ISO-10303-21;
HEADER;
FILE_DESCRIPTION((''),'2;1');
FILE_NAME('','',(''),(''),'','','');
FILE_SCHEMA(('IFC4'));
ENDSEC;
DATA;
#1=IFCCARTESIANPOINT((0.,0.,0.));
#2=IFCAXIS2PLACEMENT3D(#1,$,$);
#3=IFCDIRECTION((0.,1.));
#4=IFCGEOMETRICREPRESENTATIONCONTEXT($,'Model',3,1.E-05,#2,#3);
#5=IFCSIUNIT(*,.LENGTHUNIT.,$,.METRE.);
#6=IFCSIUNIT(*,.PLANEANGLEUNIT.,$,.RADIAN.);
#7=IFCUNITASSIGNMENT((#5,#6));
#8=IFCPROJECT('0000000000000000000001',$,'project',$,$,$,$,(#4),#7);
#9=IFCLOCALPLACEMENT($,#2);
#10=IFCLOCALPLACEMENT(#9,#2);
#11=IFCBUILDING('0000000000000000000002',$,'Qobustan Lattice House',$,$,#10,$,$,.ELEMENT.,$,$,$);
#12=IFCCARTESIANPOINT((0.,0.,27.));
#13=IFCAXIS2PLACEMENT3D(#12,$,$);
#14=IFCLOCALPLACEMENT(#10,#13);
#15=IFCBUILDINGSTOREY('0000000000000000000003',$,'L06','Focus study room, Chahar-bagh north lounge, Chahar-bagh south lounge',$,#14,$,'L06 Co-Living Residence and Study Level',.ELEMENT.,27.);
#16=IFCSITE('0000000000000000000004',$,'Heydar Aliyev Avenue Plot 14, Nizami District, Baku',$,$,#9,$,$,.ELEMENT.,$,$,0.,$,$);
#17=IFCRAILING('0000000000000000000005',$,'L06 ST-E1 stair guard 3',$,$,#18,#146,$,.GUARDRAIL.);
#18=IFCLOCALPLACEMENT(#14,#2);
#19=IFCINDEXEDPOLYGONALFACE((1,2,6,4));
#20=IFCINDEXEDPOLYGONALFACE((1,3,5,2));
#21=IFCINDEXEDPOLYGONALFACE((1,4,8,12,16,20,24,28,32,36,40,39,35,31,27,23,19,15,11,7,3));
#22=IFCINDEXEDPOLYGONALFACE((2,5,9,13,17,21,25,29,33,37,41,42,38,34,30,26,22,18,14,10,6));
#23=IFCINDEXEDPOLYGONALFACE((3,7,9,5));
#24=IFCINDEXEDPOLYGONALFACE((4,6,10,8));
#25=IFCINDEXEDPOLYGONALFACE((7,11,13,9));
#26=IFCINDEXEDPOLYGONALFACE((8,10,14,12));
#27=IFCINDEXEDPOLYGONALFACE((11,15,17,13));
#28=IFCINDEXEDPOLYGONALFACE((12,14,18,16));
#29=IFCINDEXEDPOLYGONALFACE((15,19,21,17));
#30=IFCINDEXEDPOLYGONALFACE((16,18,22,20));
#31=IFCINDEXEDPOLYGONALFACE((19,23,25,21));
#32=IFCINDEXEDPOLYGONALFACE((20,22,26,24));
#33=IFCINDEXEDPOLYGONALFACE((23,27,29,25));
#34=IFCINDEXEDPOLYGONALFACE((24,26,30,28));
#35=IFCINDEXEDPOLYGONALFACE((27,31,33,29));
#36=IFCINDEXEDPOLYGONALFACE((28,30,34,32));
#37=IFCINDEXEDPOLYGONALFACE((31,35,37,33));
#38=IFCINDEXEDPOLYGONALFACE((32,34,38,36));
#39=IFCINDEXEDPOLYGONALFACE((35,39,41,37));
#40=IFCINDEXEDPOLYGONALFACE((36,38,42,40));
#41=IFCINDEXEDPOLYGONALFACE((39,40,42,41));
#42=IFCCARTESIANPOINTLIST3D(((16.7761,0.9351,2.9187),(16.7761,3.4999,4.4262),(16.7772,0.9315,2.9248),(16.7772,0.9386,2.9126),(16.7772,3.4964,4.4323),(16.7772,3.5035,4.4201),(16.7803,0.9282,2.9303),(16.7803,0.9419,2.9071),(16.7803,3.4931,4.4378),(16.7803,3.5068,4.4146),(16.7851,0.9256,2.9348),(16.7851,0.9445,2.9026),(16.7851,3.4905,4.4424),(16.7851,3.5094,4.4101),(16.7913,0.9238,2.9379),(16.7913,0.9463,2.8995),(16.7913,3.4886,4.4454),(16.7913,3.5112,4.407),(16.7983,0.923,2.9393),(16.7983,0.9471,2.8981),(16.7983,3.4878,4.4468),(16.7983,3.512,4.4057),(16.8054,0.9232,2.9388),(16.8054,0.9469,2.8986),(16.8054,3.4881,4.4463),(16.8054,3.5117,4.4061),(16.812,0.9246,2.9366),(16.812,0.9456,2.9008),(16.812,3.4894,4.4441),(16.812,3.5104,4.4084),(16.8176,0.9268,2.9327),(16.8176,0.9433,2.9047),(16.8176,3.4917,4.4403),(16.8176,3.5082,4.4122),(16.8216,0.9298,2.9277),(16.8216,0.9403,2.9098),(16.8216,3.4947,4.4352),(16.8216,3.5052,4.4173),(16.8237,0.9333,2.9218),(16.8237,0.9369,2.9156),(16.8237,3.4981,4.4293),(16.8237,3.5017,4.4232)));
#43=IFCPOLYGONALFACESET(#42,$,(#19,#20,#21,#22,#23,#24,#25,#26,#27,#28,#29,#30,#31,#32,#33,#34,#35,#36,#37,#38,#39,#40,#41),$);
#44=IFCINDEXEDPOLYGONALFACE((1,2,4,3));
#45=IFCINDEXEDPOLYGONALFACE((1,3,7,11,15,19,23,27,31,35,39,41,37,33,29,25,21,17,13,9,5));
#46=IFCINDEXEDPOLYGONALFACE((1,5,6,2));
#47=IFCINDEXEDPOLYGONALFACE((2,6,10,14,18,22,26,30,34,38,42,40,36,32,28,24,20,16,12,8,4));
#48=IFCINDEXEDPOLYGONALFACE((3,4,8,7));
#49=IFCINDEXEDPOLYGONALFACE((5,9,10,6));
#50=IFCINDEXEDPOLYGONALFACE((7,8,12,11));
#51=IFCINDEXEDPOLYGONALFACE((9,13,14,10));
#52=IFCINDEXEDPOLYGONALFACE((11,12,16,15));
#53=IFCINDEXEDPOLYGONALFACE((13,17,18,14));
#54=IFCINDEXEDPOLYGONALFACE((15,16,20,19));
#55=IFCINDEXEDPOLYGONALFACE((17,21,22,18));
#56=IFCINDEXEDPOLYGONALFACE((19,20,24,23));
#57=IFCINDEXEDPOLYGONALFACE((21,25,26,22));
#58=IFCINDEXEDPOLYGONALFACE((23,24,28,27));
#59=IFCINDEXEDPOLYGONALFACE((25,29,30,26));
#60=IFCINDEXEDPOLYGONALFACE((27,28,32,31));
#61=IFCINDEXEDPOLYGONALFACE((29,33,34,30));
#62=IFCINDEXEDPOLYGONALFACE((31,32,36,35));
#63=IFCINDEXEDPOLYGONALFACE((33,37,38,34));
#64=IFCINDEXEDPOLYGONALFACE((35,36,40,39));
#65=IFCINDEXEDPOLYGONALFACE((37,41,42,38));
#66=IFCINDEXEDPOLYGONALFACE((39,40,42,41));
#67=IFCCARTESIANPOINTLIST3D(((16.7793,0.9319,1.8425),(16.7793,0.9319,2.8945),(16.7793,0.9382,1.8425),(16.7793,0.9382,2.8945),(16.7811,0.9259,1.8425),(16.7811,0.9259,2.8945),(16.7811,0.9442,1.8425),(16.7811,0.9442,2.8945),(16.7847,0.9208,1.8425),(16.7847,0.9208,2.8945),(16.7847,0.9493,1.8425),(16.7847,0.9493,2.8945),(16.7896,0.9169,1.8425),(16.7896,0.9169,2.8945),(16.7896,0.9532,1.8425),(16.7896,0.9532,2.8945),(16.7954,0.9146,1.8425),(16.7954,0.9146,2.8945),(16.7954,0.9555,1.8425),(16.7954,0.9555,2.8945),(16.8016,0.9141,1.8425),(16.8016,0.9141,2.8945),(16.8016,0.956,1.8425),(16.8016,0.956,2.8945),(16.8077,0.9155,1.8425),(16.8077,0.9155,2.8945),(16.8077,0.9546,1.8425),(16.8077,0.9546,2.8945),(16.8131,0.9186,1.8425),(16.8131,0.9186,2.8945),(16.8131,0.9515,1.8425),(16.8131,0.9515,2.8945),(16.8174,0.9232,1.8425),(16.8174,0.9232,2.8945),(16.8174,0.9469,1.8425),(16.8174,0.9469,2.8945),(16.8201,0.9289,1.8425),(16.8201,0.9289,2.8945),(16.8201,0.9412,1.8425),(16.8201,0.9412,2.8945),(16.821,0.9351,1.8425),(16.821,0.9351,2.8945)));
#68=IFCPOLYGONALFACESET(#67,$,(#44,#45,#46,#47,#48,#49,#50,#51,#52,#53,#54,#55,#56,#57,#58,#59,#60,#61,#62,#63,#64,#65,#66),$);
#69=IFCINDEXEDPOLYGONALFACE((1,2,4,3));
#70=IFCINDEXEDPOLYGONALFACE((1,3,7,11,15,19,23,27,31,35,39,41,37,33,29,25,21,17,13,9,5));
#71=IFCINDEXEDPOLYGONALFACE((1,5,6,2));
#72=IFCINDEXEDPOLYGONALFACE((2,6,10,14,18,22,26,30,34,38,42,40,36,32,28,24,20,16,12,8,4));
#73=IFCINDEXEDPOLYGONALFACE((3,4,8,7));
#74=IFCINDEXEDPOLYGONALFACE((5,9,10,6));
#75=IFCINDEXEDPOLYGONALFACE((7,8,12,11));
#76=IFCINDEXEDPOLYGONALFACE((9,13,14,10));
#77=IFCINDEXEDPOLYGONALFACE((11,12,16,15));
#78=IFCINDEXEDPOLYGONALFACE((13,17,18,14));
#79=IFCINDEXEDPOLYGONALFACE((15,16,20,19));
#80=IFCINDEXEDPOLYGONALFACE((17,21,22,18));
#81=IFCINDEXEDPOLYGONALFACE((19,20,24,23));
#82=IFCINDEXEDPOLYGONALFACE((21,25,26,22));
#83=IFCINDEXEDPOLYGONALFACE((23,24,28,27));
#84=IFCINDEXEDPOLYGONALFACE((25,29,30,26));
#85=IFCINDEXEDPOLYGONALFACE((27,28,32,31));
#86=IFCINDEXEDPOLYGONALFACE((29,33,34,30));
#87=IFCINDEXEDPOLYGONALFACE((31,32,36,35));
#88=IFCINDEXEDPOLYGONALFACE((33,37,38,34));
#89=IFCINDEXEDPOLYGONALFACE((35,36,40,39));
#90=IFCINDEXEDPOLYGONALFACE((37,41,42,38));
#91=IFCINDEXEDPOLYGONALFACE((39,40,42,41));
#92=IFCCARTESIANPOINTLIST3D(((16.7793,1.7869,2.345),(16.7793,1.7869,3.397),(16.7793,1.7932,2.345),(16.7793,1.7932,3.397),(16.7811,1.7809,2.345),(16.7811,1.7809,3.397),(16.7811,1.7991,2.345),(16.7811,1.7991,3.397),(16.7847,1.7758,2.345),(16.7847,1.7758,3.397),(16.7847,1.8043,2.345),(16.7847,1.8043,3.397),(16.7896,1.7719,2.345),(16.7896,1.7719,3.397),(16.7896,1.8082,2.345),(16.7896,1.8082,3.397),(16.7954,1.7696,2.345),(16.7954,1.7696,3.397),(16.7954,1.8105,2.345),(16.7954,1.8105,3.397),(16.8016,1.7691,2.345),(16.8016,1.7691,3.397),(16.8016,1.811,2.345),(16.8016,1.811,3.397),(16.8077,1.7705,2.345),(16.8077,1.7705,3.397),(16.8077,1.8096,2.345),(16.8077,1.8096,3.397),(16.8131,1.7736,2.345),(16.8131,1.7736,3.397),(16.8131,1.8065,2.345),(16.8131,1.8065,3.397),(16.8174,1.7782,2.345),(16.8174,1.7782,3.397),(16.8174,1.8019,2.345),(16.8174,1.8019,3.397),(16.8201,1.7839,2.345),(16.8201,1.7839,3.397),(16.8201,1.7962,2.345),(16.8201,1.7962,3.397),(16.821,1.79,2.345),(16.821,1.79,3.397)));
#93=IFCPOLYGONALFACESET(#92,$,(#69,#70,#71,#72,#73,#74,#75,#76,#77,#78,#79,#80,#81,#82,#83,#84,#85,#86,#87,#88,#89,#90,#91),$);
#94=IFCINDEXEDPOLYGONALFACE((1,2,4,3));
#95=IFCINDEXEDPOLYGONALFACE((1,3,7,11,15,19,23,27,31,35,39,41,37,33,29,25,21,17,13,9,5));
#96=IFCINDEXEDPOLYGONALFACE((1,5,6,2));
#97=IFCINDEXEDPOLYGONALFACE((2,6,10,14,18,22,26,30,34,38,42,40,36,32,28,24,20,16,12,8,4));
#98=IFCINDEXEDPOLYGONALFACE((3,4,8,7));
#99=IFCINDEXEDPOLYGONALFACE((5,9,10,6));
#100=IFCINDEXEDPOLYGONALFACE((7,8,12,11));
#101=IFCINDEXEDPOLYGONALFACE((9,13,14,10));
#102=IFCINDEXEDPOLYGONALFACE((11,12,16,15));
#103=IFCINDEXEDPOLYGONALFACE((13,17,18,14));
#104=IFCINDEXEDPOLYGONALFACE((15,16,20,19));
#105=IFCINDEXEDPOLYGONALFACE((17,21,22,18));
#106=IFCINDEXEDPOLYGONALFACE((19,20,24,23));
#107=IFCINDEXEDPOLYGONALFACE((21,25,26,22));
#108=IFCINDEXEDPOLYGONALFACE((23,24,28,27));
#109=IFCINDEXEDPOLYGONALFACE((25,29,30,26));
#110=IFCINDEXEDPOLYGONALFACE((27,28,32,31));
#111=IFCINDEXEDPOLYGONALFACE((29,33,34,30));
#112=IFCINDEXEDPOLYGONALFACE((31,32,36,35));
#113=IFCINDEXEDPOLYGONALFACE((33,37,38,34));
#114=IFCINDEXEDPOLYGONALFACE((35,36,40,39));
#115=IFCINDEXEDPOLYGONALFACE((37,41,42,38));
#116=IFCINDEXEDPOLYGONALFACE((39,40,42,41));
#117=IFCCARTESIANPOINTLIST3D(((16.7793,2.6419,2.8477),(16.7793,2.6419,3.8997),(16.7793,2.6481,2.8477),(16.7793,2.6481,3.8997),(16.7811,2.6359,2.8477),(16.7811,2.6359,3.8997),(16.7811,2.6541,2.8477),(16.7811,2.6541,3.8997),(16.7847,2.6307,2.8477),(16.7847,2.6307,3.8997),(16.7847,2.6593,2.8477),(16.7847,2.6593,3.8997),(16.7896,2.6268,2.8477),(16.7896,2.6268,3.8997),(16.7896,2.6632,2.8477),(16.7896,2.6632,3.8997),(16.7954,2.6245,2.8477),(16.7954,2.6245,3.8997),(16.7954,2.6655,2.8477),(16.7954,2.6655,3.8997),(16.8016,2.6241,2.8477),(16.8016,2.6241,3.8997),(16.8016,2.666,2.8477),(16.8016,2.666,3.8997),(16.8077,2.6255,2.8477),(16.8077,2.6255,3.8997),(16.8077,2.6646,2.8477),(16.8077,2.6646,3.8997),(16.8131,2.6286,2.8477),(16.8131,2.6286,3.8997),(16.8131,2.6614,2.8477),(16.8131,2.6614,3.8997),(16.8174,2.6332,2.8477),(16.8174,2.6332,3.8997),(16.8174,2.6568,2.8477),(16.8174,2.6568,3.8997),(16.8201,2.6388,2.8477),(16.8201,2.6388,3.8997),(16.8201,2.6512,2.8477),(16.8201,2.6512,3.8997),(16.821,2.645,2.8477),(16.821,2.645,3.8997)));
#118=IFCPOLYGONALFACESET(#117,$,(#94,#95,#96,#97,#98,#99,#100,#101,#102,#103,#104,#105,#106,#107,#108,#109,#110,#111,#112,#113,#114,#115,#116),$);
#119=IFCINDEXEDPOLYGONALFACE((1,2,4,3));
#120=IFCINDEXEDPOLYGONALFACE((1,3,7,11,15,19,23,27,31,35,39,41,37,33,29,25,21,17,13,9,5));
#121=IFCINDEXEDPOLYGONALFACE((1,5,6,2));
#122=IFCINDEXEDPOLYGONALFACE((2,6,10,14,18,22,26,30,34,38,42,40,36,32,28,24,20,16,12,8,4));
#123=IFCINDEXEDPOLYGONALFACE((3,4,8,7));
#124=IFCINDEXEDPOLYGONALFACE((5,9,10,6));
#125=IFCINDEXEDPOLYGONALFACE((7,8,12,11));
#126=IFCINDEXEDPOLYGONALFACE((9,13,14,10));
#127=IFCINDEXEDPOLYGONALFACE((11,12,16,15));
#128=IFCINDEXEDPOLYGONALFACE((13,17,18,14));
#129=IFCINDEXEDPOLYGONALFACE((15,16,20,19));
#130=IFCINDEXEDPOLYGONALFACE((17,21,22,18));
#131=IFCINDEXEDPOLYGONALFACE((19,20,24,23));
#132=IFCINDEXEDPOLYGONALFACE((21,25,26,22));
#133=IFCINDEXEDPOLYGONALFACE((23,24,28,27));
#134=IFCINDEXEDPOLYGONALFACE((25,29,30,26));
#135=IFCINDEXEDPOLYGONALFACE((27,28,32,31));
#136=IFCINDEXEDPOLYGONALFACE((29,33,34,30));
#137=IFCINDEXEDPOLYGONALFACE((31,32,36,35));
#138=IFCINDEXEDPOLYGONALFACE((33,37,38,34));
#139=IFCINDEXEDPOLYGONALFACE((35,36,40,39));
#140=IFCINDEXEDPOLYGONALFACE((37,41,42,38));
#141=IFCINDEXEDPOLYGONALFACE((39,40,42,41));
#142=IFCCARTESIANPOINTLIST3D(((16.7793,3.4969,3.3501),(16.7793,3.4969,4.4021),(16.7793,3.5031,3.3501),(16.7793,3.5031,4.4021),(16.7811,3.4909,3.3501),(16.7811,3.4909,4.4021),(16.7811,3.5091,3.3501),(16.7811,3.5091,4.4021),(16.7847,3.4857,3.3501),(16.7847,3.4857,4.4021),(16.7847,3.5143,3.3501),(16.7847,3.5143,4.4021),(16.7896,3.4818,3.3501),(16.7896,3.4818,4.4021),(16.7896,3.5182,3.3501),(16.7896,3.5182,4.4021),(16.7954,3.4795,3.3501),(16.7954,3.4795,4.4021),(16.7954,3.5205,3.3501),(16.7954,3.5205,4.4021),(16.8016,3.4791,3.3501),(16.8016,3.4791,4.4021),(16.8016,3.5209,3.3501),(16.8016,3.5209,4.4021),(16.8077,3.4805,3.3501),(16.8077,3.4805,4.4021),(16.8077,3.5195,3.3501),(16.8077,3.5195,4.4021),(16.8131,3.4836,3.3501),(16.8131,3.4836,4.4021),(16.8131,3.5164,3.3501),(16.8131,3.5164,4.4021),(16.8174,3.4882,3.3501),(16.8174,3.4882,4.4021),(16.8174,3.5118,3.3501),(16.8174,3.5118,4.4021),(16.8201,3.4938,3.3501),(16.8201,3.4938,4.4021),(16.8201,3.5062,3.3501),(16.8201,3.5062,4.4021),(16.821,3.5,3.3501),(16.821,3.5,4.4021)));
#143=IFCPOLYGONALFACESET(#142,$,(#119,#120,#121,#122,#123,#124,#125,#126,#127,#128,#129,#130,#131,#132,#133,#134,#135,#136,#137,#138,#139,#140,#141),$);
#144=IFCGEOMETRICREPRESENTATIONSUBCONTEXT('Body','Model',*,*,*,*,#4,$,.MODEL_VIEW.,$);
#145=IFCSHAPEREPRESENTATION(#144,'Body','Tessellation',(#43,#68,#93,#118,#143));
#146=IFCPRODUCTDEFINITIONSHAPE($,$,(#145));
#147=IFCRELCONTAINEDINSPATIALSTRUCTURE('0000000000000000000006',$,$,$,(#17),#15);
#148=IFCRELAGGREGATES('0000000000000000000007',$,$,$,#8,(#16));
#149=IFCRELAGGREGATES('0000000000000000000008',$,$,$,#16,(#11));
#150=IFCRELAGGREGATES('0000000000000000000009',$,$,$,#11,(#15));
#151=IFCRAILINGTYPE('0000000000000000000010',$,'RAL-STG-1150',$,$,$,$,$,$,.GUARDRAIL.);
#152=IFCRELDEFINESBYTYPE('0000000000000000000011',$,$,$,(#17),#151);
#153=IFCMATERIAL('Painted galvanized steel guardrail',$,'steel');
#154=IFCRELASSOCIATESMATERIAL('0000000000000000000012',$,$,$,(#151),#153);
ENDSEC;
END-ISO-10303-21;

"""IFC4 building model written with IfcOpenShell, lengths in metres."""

from ifc_helpers import new_model, si_unit, direction, frame, origin, origin_2d, place, context, subcontext, project, spatial, circle, extrude, material, type_object, element, save


model = new_model("IFC4")

# Units and contexts
model_context = context("Model", 3, precision=1e-05, world=origin(), true_north=direction((0.0, 1.0)))
body_context = subcontext(model_context, "Body", "Model", "MODEL_VIEW")
ifc_project = project(units=[si_unit("LENGTHUNIT", "METRE"), si_unit("PLANEANGLEUNIT", "RADIAN")], contexts=[model_context])

# Site, building, storey
site_placement = place(None, origin())
site = spatial("IfcSite", under=ifc_project, at=site_placement, Name="Heydar Aliyev Avenue Plot 14, Nizami District, Baku", CompositionType="ELEMENT", RefElevation=0.0)
building_placement = place(site_placement, origin())
building = spatial("IfcBuilding", under=site, at=building_placement, Name="Qobustan Lattice House", CompositionType="ELEMENT")
storey_placement = place(building_placement, frame((0.0, 0.0, 27.0)))
storey = spatial("IfcBuildingStorey", under=building, at=storey_placement, Name="L06", Description="Focus study room, Chahar-bagh north lounge, Chahar-bagh south lounge", LongName="L06 Co-Living Residence and Study Level", CompositionType="ELEMENT", Elevation=27.0)

# Railing
ifc_material_1 = material(Name="Painted galvanized steel guardrail", Category="steel")
railing_type_1 = type_object("IfcRailingType", Name="RAL-STG-1150", PredefinedType="GUARDRAIL", material=ifc_material_1)
railing_1_placement = place(storey_placement, frame((16.8, 0.9351, 1.8425)))
element("IfcRailing", 1, at=railing_1_placement, inside=storey, type_object=railing_type_1, Name="L06 ST-E1 stair guard 3", PredefinedType="GUARDRAIL", context=body_context, shape_type="SweptSolid", body=[
    extrude(circle(Radius=0.0239, at=origin_2d()), frame((0.0, 0.0, 1.0762), z_axis=(0.0, 0.862113, 0.506715), x_axis=(-1.0, 0.0, 0.0)), (0.0, 0.0, 1.0), 2.9751),
    extrude(circle(Radius=0.021, at=origin_2d()), origin(), (0.0, 0.0, 1.0), 1.052),
    extrude(circle(Radius=0.021, at=origin_2d()), frame((0.0, 0.855, 0.5024)), (0.0, 0.0, 1.0), 1.052),
    extrude(circle(Radius=0.021, at=origin_2d()), frame((0.0, 1.71, 1.0051)), (0.0, 0.0, 1.0), 1.052),
    extrude(circle(Radius=0.021, at=origin_2d()), frame((0.0, 2.5649, 1.5076)), (0.0, 0.0, 1.0), 1.052),
])

save(model, "model.ifc")
